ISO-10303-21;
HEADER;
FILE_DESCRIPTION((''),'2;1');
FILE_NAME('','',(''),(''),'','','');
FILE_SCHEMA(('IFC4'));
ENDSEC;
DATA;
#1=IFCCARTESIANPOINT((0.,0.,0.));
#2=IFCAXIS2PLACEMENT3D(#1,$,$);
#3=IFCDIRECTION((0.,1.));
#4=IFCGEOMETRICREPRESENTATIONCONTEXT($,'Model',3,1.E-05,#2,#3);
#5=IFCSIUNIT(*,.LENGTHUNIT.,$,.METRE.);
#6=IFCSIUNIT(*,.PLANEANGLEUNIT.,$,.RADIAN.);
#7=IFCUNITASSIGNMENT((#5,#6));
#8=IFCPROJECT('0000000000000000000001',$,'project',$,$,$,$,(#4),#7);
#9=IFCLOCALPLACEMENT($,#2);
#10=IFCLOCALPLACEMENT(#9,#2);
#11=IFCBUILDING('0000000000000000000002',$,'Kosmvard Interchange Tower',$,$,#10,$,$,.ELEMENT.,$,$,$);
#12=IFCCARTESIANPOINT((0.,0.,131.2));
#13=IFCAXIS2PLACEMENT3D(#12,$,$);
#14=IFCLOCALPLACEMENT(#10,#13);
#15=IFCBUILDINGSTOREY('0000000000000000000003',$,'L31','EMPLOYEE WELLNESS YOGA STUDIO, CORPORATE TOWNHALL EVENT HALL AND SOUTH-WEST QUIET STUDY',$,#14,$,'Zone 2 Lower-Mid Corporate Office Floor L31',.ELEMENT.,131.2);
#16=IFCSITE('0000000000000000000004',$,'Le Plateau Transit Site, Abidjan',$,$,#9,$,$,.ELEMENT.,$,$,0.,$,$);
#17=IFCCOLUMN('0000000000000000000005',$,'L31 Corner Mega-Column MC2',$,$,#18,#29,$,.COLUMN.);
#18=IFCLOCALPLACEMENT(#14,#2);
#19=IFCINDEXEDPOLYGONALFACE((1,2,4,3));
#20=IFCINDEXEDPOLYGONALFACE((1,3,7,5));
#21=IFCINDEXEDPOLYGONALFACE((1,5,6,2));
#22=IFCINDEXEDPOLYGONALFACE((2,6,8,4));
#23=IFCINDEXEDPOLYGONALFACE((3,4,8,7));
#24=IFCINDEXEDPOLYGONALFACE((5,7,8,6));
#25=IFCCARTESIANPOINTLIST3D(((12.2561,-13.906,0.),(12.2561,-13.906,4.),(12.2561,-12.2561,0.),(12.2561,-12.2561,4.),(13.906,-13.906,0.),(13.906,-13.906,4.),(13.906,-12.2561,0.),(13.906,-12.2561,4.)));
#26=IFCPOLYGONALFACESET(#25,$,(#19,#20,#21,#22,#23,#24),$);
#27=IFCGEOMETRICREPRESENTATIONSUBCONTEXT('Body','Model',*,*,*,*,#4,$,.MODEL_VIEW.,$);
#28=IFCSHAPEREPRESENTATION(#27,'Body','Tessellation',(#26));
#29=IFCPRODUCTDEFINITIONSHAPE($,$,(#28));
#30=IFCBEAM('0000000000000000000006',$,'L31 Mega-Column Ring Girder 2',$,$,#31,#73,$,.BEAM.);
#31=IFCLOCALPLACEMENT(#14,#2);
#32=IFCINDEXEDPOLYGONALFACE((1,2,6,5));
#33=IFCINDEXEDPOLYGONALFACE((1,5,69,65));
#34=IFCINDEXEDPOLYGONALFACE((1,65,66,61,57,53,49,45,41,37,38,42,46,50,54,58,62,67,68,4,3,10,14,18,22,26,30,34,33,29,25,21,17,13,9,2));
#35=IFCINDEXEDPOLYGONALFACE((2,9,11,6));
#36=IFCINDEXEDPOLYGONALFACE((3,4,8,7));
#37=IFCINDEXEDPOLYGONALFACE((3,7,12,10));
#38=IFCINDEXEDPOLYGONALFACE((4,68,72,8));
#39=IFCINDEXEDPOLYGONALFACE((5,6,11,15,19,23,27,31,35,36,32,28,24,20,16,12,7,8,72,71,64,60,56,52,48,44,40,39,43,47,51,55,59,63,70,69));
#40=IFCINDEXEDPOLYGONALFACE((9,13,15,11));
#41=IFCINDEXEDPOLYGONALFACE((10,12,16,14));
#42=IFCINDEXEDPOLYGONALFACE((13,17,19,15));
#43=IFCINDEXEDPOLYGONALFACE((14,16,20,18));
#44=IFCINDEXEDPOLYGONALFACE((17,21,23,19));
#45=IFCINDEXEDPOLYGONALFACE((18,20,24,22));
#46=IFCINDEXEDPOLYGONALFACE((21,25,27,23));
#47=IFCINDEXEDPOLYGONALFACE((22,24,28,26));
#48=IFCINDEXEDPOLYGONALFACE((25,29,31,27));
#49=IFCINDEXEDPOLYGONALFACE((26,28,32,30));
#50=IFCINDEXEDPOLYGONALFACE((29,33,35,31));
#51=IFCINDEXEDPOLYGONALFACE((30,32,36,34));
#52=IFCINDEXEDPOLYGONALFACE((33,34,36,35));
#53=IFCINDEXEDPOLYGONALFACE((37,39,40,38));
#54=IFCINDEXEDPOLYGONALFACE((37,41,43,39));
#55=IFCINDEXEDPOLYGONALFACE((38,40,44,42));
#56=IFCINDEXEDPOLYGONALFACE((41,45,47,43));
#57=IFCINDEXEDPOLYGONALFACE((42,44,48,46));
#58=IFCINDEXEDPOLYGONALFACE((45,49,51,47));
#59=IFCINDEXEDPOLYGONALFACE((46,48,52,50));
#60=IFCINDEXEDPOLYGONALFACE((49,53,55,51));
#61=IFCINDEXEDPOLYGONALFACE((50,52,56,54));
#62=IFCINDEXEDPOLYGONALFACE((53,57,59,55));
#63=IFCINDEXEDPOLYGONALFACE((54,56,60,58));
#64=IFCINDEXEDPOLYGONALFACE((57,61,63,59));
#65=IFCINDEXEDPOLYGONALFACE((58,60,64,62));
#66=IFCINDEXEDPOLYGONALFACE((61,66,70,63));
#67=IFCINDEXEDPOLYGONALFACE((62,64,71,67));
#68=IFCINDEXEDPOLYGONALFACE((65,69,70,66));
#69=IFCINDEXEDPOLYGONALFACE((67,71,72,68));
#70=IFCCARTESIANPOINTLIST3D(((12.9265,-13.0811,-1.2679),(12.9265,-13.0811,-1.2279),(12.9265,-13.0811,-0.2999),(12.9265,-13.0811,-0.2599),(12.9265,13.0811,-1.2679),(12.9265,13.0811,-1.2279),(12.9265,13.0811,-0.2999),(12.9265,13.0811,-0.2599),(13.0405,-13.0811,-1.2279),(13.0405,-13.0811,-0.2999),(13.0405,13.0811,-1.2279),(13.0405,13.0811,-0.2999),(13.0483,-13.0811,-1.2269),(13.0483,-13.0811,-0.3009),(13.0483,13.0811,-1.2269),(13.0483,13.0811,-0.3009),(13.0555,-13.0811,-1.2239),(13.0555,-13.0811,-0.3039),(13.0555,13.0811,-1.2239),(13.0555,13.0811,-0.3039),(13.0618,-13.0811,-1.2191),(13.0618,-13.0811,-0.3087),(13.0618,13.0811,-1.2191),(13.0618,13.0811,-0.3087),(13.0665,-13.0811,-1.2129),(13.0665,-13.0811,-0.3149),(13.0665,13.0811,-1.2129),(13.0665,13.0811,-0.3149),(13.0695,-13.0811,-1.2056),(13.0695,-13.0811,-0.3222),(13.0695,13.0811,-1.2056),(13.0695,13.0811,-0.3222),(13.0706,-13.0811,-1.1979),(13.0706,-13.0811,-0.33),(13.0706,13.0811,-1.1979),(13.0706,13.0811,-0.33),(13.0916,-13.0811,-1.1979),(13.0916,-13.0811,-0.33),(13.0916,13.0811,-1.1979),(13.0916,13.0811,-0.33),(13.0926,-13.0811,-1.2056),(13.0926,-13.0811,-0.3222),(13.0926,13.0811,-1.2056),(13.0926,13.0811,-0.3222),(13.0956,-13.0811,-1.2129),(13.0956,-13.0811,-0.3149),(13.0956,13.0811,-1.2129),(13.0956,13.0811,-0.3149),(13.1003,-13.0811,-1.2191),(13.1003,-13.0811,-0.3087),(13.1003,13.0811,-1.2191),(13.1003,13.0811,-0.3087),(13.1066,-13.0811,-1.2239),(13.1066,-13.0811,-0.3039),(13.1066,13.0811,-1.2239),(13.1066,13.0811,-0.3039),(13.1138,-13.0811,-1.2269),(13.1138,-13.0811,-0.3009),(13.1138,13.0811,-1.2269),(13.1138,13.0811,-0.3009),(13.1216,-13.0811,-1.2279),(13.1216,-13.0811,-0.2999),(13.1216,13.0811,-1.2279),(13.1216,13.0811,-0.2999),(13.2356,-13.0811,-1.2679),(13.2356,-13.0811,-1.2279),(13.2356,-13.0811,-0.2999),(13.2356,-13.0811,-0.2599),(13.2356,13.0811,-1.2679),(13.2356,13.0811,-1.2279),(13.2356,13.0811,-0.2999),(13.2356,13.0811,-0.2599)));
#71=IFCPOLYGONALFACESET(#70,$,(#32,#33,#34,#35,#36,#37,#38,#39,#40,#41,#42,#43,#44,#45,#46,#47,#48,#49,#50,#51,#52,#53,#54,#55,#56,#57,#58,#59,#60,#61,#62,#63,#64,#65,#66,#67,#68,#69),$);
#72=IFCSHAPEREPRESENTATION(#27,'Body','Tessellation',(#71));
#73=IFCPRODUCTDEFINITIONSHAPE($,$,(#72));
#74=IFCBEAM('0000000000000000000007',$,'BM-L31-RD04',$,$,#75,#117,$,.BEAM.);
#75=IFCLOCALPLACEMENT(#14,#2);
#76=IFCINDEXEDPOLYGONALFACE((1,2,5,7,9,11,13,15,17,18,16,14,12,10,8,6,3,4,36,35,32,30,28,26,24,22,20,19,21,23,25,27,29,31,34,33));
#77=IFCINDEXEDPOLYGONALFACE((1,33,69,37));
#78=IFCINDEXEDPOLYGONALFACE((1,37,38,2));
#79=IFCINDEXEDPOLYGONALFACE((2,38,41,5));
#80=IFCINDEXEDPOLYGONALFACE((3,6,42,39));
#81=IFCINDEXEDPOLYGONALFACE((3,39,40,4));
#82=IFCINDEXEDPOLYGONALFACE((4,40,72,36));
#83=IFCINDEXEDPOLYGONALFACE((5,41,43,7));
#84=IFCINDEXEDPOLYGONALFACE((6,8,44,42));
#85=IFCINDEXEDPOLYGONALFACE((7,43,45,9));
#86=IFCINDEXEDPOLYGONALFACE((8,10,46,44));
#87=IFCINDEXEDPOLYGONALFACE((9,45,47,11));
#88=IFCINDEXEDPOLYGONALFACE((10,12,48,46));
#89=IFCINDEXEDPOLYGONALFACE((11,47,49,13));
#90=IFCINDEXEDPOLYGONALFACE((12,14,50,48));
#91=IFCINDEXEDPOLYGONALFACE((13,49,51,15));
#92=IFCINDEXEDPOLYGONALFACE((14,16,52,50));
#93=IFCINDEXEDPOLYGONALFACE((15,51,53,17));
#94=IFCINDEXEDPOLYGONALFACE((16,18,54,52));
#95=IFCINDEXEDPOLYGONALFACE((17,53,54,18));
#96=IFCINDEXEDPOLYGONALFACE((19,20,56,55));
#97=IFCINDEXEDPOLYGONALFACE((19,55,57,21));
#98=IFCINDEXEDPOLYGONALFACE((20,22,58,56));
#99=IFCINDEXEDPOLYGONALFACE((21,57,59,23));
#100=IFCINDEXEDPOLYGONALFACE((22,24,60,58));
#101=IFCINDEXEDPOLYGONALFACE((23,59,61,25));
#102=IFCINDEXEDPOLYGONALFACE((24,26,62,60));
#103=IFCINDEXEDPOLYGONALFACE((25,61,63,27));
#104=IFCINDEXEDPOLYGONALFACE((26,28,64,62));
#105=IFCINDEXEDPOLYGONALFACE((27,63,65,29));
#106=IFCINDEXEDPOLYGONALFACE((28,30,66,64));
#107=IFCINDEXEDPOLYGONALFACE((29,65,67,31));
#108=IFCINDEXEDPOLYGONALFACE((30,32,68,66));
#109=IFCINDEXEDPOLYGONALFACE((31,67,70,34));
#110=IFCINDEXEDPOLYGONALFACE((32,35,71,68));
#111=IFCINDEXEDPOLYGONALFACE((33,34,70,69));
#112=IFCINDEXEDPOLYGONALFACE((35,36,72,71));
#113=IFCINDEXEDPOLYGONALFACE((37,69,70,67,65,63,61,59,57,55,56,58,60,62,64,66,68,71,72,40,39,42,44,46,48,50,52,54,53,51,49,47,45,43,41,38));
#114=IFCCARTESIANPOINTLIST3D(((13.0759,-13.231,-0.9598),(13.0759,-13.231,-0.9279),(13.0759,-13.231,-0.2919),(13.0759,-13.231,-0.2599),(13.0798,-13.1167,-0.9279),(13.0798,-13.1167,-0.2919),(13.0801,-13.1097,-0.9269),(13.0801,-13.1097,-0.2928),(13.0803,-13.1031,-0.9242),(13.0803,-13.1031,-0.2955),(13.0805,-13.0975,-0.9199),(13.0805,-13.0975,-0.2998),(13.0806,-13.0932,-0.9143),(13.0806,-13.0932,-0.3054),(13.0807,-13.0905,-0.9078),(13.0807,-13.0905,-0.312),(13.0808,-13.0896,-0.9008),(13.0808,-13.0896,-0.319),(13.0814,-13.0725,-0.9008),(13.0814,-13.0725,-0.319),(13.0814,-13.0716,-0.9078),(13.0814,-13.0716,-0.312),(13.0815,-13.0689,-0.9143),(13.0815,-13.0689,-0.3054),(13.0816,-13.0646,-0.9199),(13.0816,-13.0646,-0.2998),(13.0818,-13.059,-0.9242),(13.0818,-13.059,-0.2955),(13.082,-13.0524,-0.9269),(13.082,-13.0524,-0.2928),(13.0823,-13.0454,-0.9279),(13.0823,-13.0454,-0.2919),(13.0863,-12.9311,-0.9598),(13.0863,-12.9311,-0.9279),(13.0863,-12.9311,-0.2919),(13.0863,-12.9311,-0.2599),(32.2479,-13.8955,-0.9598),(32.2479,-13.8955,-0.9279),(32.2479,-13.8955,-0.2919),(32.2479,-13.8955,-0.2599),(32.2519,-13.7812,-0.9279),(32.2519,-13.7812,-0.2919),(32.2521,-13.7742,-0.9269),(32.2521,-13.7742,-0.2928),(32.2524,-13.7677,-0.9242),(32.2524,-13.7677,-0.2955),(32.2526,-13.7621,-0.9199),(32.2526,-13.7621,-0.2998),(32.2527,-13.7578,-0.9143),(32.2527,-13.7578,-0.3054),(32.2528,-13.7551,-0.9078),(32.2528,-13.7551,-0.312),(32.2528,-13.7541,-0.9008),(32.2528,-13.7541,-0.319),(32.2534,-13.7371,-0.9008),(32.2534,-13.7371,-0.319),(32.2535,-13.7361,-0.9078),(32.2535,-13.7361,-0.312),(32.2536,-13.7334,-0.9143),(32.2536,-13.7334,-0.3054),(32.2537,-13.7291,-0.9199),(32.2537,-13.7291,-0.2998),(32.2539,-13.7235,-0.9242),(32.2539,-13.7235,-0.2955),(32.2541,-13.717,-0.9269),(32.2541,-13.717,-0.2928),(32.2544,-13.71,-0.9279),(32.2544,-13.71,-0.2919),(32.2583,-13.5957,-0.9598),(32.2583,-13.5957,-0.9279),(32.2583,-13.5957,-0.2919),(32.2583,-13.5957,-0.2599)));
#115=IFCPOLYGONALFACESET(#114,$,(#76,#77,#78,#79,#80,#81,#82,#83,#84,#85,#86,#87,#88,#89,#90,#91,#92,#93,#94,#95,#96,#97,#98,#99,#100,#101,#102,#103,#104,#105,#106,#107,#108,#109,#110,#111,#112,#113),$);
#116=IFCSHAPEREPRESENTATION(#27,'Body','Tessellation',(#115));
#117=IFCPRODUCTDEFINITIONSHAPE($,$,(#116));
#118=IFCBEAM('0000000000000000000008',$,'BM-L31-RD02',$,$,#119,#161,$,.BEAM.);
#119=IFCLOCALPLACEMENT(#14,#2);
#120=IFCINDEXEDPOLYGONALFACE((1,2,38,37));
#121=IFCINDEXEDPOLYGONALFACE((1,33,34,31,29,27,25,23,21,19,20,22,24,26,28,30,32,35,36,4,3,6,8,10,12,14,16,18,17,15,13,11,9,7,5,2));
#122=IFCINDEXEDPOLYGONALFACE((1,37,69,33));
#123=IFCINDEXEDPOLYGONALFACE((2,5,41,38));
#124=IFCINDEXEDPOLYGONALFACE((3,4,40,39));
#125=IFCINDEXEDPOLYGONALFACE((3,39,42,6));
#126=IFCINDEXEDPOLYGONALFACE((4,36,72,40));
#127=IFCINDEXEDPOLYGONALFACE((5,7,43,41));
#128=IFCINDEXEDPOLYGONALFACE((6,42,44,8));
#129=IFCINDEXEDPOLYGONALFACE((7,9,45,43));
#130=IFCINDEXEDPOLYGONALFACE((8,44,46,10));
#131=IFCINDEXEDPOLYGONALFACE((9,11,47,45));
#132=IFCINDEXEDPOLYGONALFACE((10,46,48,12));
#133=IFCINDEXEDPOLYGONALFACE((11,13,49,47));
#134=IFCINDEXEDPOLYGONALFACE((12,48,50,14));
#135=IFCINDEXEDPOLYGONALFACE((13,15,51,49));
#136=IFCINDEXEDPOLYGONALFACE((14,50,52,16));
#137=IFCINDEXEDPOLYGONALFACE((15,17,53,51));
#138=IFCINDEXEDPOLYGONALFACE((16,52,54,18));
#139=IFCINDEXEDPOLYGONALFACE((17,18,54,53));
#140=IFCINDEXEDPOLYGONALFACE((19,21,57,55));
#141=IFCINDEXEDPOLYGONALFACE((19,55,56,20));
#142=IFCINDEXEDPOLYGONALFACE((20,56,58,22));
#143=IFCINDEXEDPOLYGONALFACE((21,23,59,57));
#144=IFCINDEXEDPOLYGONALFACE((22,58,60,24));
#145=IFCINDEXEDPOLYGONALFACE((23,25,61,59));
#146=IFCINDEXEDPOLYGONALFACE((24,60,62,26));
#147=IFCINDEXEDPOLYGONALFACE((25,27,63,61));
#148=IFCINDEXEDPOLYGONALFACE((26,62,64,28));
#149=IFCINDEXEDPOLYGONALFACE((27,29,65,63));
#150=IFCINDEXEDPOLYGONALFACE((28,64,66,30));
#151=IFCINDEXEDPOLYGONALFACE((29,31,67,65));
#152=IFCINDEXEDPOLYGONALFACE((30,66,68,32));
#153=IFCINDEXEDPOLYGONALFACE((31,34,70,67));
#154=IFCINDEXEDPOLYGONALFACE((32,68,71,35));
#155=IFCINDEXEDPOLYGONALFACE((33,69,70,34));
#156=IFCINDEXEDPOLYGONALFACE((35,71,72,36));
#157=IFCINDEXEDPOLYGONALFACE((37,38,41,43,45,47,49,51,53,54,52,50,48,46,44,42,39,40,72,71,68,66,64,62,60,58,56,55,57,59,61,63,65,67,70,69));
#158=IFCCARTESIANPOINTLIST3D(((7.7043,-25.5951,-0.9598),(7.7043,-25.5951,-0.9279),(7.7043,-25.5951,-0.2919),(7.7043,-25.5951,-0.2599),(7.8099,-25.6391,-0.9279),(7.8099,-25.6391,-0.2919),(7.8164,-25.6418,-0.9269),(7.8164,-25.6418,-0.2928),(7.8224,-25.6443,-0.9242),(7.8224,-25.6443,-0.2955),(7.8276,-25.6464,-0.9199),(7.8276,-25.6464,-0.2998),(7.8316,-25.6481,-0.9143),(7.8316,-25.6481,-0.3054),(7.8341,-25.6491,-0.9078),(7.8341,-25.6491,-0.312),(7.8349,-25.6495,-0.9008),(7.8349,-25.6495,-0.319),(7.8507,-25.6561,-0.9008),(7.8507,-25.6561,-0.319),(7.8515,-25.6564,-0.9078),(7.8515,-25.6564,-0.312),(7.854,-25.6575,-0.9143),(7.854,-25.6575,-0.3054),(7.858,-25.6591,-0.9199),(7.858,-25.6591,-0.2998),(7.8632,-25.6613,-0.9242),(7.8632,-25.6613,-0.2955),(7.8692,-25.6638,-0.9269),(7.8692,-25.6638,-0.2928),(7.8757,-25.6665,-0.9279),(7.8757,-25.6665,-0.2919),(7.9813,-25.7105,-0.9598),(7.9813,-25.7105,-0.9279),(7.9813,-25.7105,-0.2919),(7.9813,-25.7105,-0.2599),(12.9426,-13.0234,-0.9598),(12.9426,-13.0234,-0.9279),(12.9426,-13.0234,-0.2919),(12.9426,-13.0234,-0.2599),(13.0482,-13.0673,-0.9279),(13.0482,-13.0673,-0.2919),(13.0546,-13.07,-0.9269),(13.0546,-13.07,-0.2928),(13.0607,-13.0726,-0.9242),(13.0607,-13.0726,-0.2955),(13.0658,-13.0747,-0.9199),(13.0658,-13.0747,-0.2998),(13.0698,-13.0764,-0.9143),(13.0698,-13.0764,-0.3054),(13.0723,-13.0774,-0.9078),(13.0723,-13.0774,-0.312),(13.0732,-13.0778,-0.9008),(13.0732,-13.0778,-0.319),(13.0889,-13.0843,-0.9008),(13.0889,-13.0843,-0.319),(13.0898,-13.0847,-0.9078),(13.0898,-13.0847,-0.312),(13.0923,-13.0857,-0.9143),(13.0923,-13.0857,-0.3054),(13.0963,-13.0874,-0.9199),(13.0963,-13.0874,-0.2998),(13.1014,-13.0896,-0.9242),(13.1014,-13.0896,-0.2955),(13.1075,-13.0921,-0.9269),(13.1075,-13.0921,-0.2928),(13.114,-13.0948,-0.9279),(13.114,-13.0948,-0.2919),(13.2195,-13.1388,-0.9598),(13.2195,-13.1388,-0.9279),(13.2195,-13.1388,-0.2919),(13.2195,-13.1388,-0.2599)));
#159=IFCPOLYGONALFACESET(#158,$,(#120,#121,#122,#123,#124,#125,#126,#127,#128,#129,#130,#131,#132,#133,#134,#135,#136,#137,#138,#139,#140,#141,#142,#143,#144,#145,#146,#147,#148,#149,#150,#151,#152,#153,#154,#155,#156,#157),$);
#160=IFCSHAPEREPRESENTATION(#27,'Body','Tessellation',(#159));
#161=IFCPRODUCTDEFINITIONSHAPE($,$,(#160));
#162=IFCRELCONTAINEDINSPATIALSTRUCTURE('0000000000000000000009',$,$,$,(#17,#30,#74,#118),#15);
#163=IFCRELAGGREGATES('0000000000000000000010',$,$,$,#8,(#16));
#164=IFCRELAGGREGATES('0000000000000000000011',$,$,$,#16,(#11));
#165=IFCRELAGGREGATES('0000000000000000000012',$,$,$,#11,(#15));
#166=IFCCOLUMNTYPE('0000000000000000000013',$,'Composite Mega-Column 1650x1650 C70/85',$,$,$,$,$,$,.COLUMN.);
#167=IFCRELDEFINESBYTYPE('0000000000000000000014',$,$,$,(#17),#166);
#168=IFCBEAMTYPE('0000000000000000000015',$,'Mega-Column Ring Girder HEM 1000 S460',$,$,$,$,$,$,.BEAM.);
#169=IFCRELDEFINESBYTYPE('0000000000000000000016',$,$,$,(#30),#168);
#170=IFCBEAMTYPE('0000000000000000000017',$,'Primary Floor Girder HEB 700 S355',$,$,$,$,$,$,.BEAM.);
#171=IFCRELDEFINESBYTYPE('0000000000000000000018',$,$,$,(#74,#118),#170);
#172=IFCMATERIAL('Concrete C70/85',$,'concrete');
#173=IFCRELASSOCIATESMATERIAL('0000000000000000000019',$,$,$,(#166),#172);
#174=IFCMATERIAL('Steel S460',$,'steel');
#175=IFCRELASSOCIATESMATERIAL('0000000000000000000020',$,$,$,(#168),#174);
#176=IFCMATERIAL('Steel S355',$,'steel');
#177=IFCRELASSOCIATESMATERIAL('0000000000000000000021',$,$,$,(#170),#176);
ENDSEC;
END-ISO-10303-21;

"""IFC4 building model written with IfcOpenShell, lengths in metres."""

from ifc_helpers import new_model, si_unit, direction, frame, origin, origin_2d, place, context, subcontext, project, spatial, rectangle, i_section, extrude, source, transform, mapped, material, material_profile, profile_set, type_object, element, save


model = new_model("IFC4")

# Units and contexts
model_context = context("Model", 3, precision=1e-05, world=origin(), true_north=direction((0.0, 1.0)))
body_context = subcontext(model_context, "Body", "Model", "MODEL_VIEW")
ifc_project = project(units=[si_unit("LENGTHUNIT", "METRE"), si_unit("PLANEANGLEUNIT", "RADIAN")], contexts=[model_context])

# Site, building, storey
site_placement = place(None, origin())
site = spatial("IfcSite", under=ifc_project, at=site_placement, Name="Le Plateau Transit Site, Abidjan", CompositionType="ELEMENT", RefElevation=0.0)
building_placement = place(site_placement, origin())
building = spatial("IfcBuilding", under=site, at=building_placement, Name="Kosmvard Interchange Tower", CompositionType="ELEMENT")
storey_placement = place(building_placement, frame((0.0, 0.0, 131.2)))
storey = spatial("IfcBuildingStorey", under=building, at=storey_placement, Name="L31", Description="EMPLOYEE WELLNESS YOGA STUDIO, CORPORATE TOWNHALL EVENT HALL AND SOUTH-WEST QUIET STUDY", LongName="Zone 2 Lower-Mid Corporate Office Floor L31", CompositionType="ELEMENT", Elevation=131.2)

# Column
ifc_material_1 = material(Name="Concrete C70/85", Category="concrete")
ifc_material_profile_1 = material_profile(ifc_material_1, rectangle(XDim=1.6499, YDim=1.6499, at=origin_2d()), Name="MC 1650x1650")
ifc_profile_set_1 = profile_set([ifc_material_profile_1], Name="Concrete C70/85")
column_type = type_object("IfcColumnType", Name="Composite Mega-Column 1650x1650 C70/85", PredefinedType="COLUMN", material=ifc_profile_set_1)
shared_shape_1 = source(origin(), body_context, "Body", "SweptSolid", [
    extrude(rectangle(XDim=1.6499, YDim=1.6499, at=origin_2d()), origin(), (0.0, 0.0, 1.0), 4.0),
])
column_placement = place(storey_placement, frame((13.0811, -13.0811, 0.0), z_axis=(0.0, 0.0, 1.0), x_axis=(1.0, 0.0, 0.0)))
element("IfcColumn", 1, at=column_placement, inside=storey, type_object=column_type, Name="L31 Corner Mega-Column MC2", PredefinedType="COLUMN", context=body_context, shape_type="MappedRepresentation", body=[
    mapped(shared_shape_1, transform((0.0, 0.0, 0.0), scale=1.0)),
])

# Beams
ifc_material_2 = material(Name="Steel S460", Category="steel")
ifc_material_profile_2 = material_profile(ifc_material_2, i_section(OverallWidth=0.3091, OverallDepth=1.0081, WebThickness=0.021, FlangeThickness=0.04, FilletRadius=0.03, at=origin_2d()), Name="HEM 1000")
ifc_profile_set_2 = profile_set([ifc_material_profile_2], Name="Steel S460")
beam_type_1 = type_object("IfcBeamType", Name="Mega-Column Ring Girder HEM 1000 S460", PredefinedType="BEAM", material=ifc_profile_set_2)
shared_shape_2 = source(origin(), body_context, "Body", "SweptSolid", [
    extrude(i_section(OverallWidth=0.3091, OverallDepth=1.0081, WebThickness=0.021, FlangeThickness=0.04, FilletRadius=0.03, at=origin_2d()), origin(), (0.0, 0.0, 1.0), 26.1621),
])
beam_1_placement = place(storey_placement, frame((13.0811, -13.0811, -0.7639), z_axis=(0.0, 1.0, 0.0), x_axis=(-1.0, 0.0, 0.0)))
element("IfcBeam", 2, at=beam_1_placement, inside=storey, type_object=beam_type_1, Name="L31 Mega-Column Ring Girder 2", PredefinedType="BEAM", context=body_context, shape_type="MappedRepresentation", body=[
    mapped(shared_shape_2, transform((0.0, 0.0, 0.0), scale=1.0)),
])
ifc_material_3 = material(Name="Steel S355", Category="steel")
ifc_material_profile_3 = material_profile(ifc_material_3, i_section(OverallWidth=0.3, OverallDepth=0.7, WebThickness=0.0171, FlangeThickness=0.032, FilletRadius=0.0271, at=origin_2d()), Name="HEB 700")
ifc_profile_set_3 = profile_set([ifc_material_profile_3], Name="Steel S355")
beam_type_2 = type_object("IfcBeamType", Name="Primary Floor Girder HEB 700 S355", PredefinedType="BEAM", material=ifc_profile_set_3)
shared_shape_3 = source(origin(), body_context, "Body", "SweptSolid", [
    extrude(i_section(OverallWidth=0.3, OverallDepth=0.7, WebThickness=0.0171, FlangeThickness=0.032, FilletRadius=0.0271, at=origin_2d()), origin(), (0.0, 0.0, 1.0), 19.1836),
])
beam_2_placement = place(storey_placement, frame((13.0811, -13.0811, -0.6099), z_axis=(0.9994, -0.034642, 0.0), x_axis=(0.034642, 0.9994, 0.0)))
element("IfcBeam", 3, at=beam_2_placement, inside=storey, type_object=beam_type_2, Name="BM-L31-RD04", PredefinedType="BEAM", context=body_context, shape_type="MappedRepresentation", body=[
    mapped(shared_shape_3, transform((0.0, 0.0, 0.0), scale=1.0)),
])
shared_shape_4 = source(origin(), body_context, "Body", "SweptSolid", [
    extrude(i_section(OverallWidth=0.3, OverallDepth=0.7, WebThickness=0.0171, FlangeThickness=0.032, FilletRadius=0.0271, at=origin_2d()), origin(), (0.0, 0.0, 1.0), 13.6194),
])
beam_3_placement = place(storey_placement, frame((13.0811, -13.0811, -0.6099), z_axis=(-0.384618, -0.923076, 0.0), x_axis=(0.923076, -0.384618, 0.0)))
element("IfcBeam", 4, at=beam_3_placement, inside=storey, type_object=beam_type_2, Name="BM-L31-RD02", PredefinedType="BEAM", context=body_context, shape_type="MappedRepresentation", body=[
    mapped(shared_shape_4, transform((0.0, 0.0, 0.0), scale=1.0)),
])

save(model, "model.ifc")
